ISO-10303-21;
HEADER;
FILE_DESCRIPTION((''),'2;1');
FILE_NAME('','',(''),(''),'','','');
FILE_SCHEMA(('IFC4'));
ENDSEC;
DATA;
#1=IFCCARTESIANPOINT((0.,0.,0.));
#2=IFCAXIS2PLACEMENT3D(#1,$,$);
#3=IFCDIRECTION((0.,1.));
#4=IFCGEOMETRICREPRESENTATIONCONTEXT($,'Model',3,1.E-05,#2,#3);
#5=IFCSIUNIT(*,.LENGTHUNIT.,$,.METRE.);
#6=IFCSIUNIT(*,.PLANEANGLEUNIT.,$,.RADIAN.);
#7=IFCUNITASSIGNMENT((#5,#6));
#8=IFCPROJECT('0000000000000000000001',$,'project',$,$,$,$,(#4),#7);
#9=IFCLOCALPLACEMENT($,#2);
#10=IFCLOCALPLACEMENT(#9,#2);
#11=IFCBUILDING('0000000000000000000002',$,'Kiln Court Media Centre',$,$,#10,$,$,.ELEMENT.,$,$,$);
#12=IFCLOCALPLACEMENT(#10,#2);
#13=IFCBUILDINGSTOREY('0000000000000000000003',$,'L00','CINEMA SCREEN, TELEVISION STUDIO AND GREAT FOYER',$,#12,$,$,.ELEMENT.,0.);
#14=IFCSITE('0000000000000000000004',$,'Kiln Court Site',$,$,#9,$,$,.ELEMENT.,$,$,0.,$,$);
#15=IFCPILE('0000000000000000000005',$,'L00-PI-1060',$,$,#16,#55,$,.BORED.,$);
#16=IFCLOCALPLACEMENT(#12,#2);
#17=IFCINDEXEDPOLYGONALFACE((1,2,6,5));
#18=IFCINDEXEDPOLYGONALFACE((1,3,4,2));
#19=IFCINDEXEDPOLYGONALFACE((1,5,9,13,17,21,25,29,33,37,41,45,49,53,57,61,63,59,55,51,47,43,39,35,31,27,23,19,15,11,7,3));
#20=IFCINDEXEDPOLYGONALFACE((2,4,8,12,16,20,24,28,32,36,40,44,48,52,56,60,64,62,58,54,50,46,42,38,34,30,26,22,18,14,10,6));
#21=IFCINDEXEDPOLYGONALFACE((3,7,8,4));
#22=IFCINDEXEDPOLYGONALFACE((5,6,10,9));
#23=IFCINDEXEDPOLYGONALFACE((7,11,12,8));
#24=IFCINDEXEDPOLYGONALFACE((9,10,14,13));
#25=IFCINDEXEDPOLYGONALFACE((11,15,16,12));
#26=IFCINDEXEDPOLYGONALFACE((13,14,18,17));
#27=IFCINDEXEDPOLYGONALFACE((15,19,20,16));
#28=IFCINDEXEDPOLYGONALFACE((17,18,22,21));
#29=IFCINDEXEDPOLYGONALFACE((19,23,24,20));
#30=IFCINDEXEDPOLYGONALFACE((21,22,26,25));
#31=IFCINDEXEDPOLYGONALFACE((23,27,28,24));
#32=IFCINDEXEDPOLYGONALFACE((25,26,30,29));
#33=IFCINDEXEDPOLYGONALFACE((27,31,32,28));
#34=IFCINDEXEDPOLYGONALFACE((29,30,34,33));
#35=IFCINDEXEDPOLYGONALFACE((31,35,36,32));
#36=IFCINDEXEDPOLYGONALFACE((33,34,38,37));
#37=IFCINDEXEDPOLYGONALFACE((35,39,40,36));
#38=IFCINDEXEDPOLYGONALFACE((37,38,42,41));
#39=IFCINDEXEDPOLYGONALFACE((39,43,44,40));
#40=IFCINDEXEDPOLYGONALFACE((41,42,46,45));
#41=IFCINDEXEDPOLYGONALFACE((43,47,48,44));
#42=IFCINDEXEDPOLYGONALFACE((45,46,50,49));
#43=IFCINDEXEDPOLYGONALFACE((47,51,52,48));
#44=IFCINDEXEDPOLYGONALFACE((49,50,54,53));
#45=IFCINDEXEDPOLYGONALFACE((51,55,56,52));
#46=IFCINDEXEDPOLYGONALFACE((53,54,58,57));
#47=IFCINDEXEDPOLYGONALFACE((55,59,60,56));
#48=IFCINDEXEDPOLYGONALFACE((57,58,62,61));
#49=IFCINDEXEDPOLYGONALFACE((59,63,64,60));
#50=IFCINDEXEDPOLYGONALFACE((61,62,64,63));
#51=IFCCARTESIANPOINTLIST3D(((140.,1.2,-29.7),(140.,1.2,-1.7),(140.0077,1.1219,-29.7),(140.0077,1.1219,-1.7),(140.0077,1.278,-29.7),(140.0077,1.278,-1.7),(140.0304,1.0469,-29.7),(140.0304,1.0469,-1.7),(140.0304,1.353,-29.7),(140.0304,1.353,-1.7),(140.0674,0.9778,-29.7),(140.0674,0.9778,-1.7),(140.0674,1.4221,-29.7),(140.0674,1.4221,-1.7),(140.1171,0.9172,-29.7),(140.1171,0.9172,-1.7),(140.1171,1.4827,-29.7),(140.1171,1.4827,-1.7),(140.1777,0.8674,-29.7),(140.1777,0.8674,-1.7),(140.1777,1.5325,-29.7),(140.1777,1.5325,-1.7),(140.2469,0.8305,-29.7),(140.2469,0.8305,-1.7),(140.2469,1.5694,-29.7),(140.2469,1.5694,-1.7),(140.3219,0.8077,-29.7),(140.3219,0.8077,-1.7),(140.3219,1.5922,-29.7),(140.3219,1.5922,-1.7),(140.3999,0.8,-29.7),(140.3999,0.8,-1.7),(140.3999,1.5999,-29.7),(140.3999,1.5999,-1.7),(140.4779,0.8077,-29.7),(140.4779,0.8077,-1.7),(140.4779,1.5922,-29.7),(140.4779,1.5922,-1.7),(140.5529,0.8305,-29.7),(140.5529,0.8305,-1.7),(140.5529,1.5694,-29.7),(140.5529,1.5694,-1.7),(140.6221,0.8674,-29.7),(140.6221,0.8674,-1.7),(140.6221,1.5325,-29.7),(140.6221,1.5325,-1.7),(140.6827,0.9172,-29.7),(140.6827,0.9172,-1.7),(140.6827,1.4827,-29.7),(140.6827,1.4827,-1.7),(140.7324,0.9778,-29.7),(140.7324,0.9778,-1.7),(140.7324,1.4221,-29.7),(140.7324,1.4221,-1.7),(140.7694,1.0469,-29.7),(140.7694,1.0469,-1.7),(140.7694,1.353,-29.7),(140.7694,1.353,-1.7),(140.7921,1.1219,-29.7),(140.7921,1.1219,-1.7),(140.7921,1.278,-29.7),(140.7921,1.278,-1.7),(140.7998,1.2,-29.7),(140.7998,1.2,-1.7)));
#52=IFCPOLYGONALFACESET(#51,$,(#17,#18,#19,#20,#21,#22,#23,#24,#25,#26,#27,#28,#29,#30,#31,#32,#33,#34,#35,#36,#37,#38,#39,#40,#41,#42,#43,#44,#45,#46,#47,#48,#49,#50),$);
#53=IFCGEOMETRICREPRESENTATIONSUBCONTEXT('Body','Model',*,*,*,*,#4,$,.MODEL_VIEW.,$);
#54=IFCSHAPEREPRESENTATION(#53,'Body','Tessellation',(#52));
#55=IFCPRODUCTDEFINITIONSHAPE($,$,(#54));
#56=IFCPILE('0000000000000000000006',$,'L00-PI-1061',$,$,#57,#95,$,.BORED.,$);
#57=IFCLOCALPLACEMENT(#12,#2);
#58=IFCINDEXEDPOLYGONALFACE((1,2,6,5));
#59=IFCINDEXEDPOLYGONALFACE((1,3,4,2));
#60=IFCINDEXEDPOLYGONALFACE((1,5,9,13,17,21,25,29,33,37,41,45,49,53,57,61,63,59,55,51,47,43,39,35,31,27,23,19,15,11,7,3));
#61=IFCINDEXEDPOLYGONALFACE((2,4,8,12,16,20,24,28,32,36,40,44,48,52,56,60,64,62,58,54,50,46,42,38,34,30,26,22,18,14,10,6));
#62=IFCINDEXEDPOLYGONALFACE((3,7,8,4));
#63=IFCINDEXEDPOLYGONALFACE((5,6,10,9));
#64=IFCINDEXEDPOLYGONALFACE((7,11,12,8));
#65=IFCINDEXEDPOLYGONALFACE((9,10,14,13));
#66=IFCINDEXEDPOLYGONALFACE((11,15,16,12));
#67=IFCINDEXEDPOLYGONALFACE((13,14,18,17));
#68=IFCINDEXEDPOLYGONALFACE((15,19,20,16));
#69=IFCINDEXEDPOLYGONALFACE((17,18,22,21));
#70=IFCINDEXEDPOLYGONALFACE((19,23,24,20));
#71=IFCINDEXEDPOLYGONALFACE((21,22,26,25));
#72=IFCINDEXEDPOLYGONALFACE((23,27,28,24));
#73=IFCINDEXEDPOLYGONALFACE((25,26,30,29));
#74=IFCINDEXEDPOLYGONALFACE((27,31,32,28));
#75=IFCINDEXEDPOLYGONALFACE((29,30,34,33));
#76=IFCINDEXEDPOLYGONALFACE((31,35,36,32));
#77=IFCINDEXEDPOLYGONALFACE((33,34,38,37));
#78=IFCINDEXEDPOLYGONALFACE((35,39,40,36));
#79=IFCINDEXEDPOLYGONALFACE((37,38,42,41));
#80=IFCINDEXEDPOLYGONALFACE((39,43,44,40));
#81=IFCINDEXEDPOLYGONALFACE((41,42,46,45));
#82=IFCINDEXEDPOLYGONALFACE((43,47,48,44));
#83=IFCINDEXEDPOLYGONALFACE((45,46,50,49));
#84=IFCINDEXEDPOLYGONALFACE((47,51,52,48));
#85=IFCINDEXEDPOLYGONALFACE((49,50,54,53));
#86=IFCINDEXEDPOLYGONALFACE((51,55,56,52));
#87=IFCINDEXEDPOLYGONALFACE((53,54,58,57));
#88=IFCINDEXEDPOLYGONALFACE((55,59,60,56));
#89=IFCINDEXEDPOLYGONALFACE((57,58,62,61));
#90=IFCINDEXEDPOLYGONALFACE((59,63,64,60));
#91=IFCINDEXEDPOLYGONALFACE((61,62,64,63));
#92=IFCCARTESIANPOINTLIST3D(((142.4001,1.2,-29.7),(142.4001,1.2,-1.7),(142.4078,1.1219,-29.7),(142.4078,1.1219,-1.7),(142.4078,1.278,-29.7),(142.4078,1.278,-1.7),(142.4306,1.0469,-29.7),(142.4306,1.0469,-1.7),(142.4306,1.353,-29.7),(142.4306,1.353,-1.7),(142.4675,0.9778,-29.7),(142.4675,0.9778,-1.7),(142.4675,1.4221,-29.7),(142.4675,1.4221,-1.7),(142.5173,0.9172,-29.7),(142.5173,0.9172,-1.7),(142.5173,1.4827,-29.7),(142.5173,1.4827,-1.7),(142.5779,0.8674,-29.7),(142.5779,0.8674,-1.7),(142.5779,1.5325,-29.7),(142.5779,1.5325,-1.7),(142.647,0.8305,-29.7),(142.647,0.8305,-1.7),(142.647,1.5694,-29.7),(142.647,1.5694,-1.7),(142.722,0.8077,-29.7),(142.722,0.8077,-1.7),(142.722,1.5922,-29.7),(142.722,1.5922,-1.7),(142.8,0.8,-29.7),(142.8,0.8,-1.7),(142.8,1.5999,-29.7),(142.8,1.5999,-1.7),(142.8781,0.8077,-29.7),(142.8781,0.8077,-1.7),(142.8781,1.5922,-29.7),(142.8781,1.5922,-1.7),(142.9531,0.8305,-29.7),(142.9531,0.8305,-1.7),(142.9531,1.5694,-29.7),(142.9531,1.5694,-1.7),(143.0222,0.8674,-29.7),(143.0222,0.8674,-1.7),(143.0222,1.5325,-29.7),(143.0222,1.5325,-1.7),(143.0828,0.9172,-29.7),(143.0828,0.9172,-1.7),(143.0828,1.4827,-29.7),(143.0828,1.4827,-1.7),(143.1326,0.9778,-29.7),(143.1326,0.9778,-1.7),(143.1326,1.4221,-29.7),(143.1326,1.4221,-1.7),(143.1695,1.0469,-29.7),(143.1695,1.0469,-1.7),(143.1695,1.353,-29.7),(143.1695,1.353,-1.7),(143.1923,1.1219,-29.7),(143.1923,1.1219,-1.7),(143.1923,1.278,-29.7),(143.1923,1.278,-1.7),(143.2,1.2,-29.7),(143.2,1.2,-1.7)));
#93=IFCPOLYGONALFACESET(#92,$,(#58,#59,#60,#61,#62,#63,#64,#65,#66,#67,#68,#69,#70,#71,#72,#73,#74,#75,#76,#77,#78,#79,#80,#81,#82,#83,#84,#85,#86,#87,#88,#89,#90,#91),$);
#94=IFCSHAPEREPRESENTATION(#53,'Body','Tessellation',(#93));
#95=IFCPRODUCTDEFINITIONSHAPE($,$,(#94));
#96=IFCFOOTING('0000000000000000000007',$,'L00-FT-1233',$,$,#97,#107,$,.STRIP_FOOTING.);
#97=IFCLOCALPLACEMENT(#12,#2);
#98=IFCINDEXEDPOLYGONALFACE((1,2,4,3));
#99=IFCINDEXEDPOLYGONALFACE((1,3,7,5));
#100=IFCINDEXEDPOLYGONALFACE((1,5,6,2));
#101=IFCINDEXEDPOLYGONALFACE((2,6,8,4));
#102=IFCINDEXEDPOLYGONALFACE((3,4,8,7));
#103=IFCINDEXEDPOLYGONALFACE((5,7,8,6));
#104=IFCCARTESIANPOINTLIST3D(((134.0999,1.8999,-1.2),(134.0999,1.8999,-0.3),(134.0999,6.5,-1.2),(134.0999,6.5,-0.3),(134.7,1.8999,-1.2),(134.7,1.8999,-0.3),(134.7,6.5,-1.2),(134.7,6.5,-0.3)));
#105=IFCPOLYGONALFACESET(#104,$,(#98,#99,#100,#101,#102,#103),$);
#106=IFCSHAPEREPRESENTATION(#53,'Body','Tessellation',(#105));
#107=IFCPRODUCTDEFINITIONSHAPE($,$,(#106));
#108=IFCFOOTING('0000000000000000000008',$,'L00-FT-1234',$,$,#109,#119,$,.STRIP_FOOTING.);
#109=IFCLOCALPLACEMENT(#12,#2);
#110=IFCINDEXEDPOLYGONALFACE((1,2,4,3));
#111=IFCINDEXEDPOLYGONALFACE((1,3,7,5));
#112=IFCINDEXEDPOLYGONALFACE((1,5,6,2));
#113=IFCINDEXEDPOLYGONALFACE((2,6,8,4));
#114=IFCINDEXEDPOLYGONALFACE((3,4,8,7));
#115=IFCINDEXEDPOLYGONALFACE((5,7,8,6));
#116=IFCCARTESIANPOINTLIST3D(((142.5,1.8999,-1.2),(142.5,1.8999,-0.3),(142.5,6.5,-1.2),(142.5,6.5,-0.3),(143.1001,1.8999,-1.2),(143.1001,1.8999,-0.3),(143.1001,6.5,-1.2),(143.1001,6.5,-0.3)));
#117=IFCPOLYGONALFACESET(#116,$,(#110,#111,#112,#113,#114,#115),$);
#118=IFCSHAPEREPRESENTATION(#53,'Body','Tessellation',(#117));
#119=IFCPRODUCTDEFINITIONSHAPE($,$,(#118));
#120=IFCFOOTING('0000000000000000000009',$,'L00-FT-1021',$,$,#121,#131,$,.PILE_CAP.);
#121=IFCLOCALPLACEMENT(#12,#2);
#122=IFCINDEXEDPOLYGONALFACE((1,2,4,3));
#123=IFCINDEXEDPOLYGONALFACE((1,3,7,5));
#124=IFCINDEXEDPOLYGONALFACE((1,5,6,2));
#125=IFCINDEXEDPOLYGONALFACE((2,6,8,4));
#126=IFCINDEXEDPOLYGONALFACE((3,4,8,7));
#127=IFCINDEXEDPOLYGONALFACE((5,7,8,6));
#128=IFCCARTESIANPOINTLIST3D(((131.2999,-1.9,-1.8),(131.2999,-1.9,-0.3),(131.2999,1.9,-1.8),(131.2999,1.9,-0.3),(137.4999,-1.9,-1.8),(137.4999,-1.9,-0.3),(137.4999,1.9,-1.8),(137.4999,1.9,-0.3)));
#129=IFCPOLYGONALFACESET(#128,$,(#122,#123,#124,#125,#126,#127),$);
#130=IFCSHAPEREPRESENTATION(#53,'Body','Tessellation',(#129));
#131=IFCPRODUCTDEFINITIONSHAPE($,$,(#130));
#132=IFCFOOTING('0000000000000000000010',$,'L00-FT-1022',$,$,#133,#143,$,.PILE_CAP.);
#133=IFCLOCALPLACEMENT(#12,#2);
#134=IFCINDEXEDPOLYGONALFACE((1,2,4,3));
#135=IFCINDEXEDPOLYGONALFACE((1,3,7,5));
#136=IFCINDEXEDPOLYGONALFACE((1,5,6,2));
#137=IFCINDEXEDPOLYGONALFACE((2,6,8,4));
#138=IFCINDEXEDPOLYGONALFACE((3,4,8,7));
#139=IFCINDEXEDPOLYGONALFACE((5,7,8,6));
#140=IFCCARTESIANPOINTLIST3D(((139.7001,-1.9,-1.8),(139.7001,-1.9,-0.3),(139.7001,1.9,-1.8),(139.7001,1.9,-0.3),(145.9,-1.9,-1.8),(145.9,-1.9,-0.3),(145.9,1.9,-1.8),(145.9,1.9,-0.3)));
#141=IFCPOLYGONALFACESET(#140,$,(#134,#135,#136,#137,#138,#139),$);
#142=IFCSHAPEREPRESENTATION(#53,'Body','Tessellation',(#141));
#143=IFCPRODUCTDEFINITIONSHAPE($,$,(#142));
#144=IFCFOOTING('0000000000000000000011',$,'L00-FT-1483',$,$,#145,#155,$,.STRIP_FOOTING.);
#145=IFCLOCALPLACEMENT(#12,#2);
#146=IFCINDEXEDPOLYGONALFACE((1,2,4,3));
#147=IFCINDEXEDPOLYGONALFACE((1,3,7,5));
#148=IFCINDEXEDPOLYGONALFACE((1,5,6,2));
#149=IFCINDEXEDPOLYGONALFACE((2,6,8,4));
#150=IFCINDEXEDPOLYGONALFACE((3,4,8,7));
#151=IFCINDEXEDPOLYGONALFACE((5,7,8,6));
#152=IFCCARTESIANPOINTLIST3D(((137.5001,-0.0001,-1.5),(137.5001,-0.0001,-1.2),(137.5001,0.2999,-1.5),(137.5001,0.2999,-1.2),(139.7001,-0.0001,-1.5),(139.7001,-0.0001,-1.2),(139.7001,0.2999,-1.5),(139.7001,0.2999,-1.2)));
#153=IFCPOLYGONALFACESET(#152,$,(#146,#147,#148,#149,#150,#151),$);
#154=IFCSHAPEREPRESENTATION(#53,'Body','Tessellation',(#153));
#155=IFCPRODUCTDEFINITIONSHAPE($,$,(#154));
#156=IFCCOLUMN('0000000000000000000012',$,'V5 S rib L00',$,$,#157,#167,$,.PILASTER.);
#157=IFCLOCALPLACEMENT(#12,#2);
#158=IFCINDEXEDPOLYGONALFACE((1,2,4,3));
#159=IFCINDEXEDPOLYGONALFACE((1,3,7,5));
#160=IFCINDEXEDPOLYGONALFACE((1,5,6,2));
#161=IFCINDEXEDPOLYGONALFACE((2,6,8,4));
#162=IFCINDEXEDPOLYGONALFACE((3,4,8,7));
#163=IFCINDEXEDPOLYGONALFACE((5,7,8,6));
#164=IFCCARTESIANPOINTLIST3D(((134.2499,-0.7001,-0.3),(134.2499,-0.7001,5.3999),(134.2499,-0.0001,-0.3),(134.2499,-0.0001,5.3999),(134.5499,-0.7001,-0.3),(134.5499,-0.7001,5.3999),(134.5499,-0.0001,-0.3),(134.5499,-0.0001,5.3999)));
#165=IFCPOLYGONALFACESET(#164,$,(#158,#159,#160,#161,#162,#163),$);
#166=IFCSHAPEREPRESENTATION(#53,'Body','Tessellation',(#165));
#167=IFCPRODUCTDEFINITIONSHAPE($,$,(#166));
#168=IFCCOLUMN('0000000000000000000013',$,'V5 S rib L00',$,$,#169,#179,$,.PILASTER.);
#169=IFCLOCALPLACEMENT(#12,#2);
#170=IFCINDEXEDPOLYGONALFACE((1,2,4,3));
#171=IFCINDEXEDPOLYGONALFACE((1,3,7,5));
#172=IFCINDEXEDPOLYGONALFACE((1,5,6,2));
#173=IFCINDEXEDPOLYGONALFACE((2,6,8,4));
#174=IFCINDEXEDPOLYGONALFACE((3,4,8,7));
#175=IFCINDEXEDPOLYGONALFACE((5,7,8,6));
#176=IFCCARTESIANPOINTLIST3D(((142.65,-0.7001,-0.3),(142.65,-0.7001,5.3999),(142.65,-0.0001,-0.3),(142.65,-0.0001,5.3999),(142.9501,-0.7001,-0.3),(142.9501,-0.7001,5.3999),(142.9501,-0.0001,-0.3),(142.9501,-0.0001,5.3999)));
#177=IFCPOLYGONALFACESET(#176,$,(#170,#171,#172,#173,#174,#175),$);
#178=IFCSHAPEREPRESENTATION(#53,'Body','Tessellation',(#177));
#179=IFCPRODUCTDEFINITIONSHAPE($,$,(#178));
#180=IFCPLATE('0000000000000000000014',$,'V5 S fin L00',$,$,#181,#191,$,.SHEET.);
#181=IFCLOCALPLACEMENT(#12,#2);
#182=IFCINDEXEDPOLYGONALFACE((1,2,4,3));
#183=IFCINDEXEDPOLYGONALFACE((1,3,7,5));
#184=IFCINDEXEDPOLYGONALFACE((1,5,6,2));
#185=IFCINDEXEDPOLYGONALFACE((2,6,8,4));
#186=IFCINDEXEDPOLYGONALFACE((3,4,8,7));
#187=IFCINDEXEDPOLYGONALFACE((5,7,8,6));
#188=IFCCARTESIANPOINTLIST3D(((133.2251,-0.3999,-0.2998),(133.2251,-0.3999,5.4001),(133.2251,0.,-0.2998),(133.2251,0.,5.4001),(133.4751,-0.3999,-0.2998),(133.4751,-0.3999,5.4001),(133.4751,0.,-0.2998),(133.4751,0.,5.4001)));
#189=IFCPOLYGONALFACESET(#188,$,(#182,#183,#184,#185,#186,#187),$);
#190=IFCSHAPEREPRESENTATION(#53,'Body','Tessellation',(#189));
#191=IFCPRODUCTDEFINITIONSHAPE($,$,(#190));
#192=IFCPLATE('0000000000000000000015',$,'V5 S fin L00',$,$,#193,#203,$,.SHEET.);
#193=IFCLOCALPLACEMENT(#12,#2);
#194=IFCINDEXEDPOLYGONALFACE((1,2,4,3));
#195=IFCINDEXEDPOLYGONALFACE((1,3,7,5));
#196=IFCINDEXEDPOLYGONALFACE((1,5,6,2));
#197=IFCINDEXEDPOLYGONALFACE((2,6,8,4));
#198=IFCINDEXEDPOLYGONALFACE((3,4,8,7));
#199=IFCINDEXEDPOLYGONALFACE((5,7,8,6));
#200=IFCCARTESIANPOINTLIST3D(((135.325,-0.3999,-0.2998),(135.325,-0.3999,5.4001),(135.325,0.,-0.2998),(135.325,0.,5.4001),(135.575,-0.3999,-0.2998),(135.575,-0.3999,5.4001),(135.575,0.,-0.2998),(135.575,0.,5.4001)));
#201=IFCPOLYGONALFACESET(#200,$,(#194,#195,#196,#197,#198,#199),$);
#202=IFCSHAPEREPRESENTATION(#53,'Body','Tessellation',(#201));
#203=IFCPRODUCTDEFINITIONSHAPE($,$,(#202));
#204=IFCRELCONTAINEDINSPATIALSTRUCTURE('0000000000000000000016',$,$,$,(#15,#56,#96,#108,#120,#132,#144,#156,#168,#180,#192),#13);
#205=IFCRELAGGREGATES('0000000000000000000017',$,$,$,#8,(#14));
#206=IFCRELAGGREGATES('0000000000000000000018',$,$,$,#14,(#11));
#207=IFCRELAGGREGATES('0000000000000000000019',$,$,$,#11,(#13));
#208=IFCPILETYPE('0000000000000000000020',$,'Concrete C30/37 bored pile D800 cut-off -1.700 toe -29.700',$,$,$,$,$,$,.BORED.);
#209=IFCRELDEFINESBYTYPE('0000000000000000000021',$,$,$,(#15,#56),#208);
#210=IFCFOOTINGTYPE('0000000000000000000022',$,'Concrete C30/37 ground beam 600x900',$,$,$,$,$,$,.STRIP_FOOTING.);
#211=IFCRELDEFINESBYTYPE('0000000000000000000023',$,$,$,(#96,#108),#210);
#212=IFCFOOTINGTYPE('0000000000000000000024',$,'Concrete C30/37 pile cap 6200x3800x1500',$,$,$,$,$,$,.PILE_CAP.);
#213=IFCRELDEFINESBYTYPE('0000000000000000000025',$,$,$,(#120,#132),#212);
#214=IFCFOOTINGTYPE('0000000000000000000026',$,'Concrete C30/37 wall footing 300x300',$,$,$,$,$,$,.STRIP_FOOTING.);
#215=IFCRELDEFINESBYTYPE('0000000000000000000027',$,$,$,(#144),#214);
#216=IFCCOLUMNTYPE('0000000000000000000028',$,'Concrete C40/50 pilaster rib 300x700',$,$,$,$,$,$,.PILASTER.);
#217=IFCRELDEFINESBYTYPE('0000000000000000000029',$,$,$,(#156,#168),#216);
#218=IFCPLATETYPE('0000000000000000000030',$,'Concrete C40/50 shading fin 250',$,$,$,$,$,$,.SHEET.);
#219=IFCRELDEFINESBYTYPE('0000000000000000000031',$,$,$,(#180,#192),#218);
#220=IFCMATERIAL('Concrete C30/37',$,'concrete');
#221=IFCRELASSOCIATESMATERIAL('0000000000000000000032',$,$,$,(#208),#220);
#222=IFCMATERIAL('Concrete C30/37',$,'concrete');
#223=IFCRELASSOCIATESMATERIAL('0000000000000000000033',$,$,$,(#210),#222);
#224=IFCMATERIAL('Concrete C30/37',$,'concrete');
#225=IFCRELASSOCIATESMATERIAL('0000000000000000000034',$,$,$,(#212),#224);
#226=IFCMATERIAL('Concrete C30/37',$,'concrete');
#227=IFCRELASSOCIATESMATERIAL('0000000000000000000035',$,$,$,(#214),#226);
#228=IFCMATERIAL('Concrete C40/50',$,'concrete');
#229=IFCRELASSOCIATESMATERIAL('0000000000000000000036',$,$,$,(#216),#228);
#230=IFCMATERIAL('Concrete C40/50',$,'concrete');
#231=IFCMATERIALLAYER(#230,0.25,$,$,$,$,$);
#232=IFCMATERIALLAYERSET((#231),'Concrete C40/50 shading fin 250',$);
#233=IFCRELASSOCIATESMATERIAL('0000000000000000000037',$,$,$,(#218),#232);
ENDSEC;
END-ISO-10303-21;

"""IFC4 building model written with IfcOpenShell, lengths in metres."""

from ifc_helpers import new_model, si_unit, direction, frame, origin, origin_2d, place, context, subcontext, project, spatial, rectangle, circle, extrude, material, layer, layer_set, material_profile, profile_set, type_object, element, save


model = new_model("IFC4")

# Units and contexts
model_context = context("Model", 3, precision=1e-05, world=origin(), true_north=direction((0.0, 1.0)))
body_context = subcontext(model_context, "Body", "Model", "MODEL_VIEW")
ifc_project = project(units=[si_unit("LENGTHUNIT", "METRE"), si_unit("PLANEANGLEUNIT", "RADIAN")], contexts=[model_context])

# Site, building, storey
site_placement = place(None, origin())
site = spatial("IfcSite", under=ifc_project, at=site_placement, Name="Kiln Court Site", CompositionType="ELEMENT", RefElevation=0.0)
building_placement = place(site_placement, origin())
building = spatial("IfcBuilding", under=site, at=building_placement, Name="Kiln Court Media Centre", CompositionType="ELEMENT")
storey_placement = place(building_placement, origin())
storey = spatial("IfcBuildingStorey", under=building, at=storey_placement, Name="L00", Description="CINEMA SCREEN, TELEVISION STUDIO AND GREAT FOYER", CompositionType="ELEMENT", Elevation=0.0)

# Piles
ifc_material_1 = material(Name="Concrete C30/37", Category="concrete")
ifc_material_profile_1 = material_profile(ifc_material_1, circle(Radius=0.3999, at=origin_2d()), Name="PILE D800")
ifc_profile_set_1 = profile_set([ifc_material_profile_1], Name="Concrete C30/37")
pile_type_1 = type_object("IfcPileType", Name="Concrete C30/37 bored pile D800 cut-off -1.700 toe -29.700", PredefinedType="BORED", material=ifc_profile_set_1)
for number, where, z_axis, x_axis, name in (
    (1, (140.3999, 1.2, -1.7), (0.0, 0.0, -1.0), (1.0, 0.0, 0.0), "L00-PI-1060"),
    (2, (142.8, 1.2, -1.7), (0.0, 0.0, -1.0), (1.0, 0.0, 0.0), "L00-PI-1061"),
):
    element("IfcPile", number, at=place(storey_placement, frame(where, z_axis=z_axis, x_axis=x_axis)), inside=storey, type_object=pile_type_1, Name=name, PredefinedType="BORED", context=body_context, shape_type="SweptSolid", body=[
        extrude(circle(Radius=0.3999, at=origin_2d()), origin(), (0.0, 0.0, 1.0), 28.0),
    ])

# Footings
ifc_material_2 = material(Name="Concrete C30/37", Category="concrete")
footing_type_1 = type_object("IfcFootingType", Name="Concrete C30/37 ground beam 600x900", PredefinedType="STRIP_FOOTING", material=ifc_material_2)
for number, where, z_axis, x_axis, name in (
    (3, (134.3999, 4.2, -1.2), (0.0, 0.0, 1.0), (1.0, 0.0, 0.0), "L00-FT-1233"),
    (4, (142.8, 4.2, -1.2), (0.0, 0.0, 1.0), (1.0, 0.0, 0.0), "L00-FT-1234"),
):
    element("IfcFooting", number, at=place(storey_placement, frame(where, z_axis=z_axis, x_axis=x_axis)), inside=storey, type_object=footing_type_1, Name=name, PredefinedType="STRIP_FOOTING", context=body_context, shape_type="SweptSolid", body=[
        extrude(rectangle(XDim=0.6001, YDim=4.6001, at=origin_2d()), origin(), (0.0, 0.0, 1.0), 0.8999),
    ])
ifc_material_3 = material(Name="Concrete C30/37", Category="concrete")
footing_type_2 = type_object("IfcFootingType", Name="Concrete C30/37 pile cap 6200x3800x1500", PredefinedType="PILE_CAP", material=ifc_material_3)
for number, where, z_axis, x_axis, name in (
    (5, (134.3999, 0.0, -1.8), (0.0, 0.0, 1.0), (1.0, 0.0, 0.0), "L00-FT-1021"),
    (6, (142.8, 0.0, -1.8), (0.0, 0.0, 1.0), (1.0, 0.0, 0.0), "L00-FT-1022"),
):
    element("IfcFooting", number, at=place(storey_placement, frame(where, z_axis=z_axis, x_axis=x_axis)), inside=storey, type_object=footing_type_2, Name=name, PredefinedType="PILE_CAP", context=body_context, shape_type="SweptSolid", body=[
        extrude(rectangle(XDim=6.2, YDim=3.8, at=origin_2d()), origin(), (0.0, 0.0, 1.0), 1.5),
    ])
ifc_material_4 = material(Name="Concrete C30/37", Category="concrete")
footing_type_3 = type_object("IfcFootingType", Name="Concrete C30/37 wall footing 300x300", PredefinedType="STRIP_FOOTING", material=ifc_material_4)
footing_placement = place(storey_placement, frame((138.6001, 0.1499, -1.5), z_axis=(0.0, 0.0, 1.0), x_axis=(1.0, 0.0, 0.0)))
element("IfcFooting", 7, at=footing_placement, inside=storey, type_object=footing_type_3, Name="L00-FT-1483", PredefinedType="STRIP_FOOTING", context=body_context, shape_type="SweptSolid", body=[
    extrude(rectangle(XDim=2.2, YDim=0.3, at=origin_2d()), origin(), (0.0, 0.0, 1.0), 0.3),
])

# Columns
ifc_material_5 = material(Name="Concrete C40/50", Category="concrete")
ifc_material_profile_2 = material_profile(ifc_material_5, rectangle(XDim=0.3, YDim=0.7, at=origin_2d()), Name="RC 300x700")
ifc_profile_set_2 = profile_set([ifc_material_profile_2], Name="Concrete C40/50")
column_type = type_object("IfcColumnType", Name="Concrete C40/50 pilaster rib 300x700", PredefinedType="PILASTER", material=ifc_profile_set_2)
for number, where, z_axis, x_axis, name in (
    (8, (134.3999, -0.3501, -0.3), (0.0, 0.0, 1.0), (1.0, 0.0, 0.0), "V5 S rib L00"),
    (9, (142.8, -0.3501, -0.3), (0.0, 0.0, 1.0), (1.0, 0.0, 0.0), "V5 S rib L00"),
):
    element("IfcColumn", number, at=place(storey_placement, frame(where, z_axis=z_axis, x_axis=x_axis)), inside=storey, type_object=column_type, Name=name, PredefinedType="PILASTER", context=body_context, shape_type="SweptSolid", body=[
        extrude(rectangle(XDim=0.3, YDim=0.7, at=origin_2d()), origin(), (0.0, 0.0, 1.0), 5.7),
    ])

# Plates
ifc_material_6 = material(Name="Concrete C40/50", Category="concrete")
ifc_layer_1 = layer(ifc_material_6, 0.25)
ifc_layer_set_1 = layer_set([ifc_layer_1], Name="Concrete C40/50 shading fin 250")
plate_type = type_object("IfcPlateType", Name="Concrete C40/50 shading fin 250", PredefinedType="SHEET", material=ifc_layer_set_1)
for number, where, z_axis, x_axis, name in (
    (10, (133.3501, -0.2, -0.2998), (0.0, 0.0, 1.0), (1.0, 0.0, 0.0), "V5 S fin L00"),
    (11, (135.45, -0.2, -0.2998), (0.0, 0.0, 1.0), (1.0, 0.0, 0.0), "V5 S fin L00"),
):
    element("IfcPlate", number, at=place(storey_placement, frame(where, z_axis=z_axis, x_axis=x_axis)), inside=storey, type_object=plate_type, Name=name, PredefinedType="SHEET", context=body_context, shape_type="SweptSolid", body=[
        extrude(rectangle(XDim=0.25, YDim=0.3999, at=origin_2d()), origin(), (0.0, 0.0, 1.0), 5.7),
    ])

save(model, "model.ifc")
